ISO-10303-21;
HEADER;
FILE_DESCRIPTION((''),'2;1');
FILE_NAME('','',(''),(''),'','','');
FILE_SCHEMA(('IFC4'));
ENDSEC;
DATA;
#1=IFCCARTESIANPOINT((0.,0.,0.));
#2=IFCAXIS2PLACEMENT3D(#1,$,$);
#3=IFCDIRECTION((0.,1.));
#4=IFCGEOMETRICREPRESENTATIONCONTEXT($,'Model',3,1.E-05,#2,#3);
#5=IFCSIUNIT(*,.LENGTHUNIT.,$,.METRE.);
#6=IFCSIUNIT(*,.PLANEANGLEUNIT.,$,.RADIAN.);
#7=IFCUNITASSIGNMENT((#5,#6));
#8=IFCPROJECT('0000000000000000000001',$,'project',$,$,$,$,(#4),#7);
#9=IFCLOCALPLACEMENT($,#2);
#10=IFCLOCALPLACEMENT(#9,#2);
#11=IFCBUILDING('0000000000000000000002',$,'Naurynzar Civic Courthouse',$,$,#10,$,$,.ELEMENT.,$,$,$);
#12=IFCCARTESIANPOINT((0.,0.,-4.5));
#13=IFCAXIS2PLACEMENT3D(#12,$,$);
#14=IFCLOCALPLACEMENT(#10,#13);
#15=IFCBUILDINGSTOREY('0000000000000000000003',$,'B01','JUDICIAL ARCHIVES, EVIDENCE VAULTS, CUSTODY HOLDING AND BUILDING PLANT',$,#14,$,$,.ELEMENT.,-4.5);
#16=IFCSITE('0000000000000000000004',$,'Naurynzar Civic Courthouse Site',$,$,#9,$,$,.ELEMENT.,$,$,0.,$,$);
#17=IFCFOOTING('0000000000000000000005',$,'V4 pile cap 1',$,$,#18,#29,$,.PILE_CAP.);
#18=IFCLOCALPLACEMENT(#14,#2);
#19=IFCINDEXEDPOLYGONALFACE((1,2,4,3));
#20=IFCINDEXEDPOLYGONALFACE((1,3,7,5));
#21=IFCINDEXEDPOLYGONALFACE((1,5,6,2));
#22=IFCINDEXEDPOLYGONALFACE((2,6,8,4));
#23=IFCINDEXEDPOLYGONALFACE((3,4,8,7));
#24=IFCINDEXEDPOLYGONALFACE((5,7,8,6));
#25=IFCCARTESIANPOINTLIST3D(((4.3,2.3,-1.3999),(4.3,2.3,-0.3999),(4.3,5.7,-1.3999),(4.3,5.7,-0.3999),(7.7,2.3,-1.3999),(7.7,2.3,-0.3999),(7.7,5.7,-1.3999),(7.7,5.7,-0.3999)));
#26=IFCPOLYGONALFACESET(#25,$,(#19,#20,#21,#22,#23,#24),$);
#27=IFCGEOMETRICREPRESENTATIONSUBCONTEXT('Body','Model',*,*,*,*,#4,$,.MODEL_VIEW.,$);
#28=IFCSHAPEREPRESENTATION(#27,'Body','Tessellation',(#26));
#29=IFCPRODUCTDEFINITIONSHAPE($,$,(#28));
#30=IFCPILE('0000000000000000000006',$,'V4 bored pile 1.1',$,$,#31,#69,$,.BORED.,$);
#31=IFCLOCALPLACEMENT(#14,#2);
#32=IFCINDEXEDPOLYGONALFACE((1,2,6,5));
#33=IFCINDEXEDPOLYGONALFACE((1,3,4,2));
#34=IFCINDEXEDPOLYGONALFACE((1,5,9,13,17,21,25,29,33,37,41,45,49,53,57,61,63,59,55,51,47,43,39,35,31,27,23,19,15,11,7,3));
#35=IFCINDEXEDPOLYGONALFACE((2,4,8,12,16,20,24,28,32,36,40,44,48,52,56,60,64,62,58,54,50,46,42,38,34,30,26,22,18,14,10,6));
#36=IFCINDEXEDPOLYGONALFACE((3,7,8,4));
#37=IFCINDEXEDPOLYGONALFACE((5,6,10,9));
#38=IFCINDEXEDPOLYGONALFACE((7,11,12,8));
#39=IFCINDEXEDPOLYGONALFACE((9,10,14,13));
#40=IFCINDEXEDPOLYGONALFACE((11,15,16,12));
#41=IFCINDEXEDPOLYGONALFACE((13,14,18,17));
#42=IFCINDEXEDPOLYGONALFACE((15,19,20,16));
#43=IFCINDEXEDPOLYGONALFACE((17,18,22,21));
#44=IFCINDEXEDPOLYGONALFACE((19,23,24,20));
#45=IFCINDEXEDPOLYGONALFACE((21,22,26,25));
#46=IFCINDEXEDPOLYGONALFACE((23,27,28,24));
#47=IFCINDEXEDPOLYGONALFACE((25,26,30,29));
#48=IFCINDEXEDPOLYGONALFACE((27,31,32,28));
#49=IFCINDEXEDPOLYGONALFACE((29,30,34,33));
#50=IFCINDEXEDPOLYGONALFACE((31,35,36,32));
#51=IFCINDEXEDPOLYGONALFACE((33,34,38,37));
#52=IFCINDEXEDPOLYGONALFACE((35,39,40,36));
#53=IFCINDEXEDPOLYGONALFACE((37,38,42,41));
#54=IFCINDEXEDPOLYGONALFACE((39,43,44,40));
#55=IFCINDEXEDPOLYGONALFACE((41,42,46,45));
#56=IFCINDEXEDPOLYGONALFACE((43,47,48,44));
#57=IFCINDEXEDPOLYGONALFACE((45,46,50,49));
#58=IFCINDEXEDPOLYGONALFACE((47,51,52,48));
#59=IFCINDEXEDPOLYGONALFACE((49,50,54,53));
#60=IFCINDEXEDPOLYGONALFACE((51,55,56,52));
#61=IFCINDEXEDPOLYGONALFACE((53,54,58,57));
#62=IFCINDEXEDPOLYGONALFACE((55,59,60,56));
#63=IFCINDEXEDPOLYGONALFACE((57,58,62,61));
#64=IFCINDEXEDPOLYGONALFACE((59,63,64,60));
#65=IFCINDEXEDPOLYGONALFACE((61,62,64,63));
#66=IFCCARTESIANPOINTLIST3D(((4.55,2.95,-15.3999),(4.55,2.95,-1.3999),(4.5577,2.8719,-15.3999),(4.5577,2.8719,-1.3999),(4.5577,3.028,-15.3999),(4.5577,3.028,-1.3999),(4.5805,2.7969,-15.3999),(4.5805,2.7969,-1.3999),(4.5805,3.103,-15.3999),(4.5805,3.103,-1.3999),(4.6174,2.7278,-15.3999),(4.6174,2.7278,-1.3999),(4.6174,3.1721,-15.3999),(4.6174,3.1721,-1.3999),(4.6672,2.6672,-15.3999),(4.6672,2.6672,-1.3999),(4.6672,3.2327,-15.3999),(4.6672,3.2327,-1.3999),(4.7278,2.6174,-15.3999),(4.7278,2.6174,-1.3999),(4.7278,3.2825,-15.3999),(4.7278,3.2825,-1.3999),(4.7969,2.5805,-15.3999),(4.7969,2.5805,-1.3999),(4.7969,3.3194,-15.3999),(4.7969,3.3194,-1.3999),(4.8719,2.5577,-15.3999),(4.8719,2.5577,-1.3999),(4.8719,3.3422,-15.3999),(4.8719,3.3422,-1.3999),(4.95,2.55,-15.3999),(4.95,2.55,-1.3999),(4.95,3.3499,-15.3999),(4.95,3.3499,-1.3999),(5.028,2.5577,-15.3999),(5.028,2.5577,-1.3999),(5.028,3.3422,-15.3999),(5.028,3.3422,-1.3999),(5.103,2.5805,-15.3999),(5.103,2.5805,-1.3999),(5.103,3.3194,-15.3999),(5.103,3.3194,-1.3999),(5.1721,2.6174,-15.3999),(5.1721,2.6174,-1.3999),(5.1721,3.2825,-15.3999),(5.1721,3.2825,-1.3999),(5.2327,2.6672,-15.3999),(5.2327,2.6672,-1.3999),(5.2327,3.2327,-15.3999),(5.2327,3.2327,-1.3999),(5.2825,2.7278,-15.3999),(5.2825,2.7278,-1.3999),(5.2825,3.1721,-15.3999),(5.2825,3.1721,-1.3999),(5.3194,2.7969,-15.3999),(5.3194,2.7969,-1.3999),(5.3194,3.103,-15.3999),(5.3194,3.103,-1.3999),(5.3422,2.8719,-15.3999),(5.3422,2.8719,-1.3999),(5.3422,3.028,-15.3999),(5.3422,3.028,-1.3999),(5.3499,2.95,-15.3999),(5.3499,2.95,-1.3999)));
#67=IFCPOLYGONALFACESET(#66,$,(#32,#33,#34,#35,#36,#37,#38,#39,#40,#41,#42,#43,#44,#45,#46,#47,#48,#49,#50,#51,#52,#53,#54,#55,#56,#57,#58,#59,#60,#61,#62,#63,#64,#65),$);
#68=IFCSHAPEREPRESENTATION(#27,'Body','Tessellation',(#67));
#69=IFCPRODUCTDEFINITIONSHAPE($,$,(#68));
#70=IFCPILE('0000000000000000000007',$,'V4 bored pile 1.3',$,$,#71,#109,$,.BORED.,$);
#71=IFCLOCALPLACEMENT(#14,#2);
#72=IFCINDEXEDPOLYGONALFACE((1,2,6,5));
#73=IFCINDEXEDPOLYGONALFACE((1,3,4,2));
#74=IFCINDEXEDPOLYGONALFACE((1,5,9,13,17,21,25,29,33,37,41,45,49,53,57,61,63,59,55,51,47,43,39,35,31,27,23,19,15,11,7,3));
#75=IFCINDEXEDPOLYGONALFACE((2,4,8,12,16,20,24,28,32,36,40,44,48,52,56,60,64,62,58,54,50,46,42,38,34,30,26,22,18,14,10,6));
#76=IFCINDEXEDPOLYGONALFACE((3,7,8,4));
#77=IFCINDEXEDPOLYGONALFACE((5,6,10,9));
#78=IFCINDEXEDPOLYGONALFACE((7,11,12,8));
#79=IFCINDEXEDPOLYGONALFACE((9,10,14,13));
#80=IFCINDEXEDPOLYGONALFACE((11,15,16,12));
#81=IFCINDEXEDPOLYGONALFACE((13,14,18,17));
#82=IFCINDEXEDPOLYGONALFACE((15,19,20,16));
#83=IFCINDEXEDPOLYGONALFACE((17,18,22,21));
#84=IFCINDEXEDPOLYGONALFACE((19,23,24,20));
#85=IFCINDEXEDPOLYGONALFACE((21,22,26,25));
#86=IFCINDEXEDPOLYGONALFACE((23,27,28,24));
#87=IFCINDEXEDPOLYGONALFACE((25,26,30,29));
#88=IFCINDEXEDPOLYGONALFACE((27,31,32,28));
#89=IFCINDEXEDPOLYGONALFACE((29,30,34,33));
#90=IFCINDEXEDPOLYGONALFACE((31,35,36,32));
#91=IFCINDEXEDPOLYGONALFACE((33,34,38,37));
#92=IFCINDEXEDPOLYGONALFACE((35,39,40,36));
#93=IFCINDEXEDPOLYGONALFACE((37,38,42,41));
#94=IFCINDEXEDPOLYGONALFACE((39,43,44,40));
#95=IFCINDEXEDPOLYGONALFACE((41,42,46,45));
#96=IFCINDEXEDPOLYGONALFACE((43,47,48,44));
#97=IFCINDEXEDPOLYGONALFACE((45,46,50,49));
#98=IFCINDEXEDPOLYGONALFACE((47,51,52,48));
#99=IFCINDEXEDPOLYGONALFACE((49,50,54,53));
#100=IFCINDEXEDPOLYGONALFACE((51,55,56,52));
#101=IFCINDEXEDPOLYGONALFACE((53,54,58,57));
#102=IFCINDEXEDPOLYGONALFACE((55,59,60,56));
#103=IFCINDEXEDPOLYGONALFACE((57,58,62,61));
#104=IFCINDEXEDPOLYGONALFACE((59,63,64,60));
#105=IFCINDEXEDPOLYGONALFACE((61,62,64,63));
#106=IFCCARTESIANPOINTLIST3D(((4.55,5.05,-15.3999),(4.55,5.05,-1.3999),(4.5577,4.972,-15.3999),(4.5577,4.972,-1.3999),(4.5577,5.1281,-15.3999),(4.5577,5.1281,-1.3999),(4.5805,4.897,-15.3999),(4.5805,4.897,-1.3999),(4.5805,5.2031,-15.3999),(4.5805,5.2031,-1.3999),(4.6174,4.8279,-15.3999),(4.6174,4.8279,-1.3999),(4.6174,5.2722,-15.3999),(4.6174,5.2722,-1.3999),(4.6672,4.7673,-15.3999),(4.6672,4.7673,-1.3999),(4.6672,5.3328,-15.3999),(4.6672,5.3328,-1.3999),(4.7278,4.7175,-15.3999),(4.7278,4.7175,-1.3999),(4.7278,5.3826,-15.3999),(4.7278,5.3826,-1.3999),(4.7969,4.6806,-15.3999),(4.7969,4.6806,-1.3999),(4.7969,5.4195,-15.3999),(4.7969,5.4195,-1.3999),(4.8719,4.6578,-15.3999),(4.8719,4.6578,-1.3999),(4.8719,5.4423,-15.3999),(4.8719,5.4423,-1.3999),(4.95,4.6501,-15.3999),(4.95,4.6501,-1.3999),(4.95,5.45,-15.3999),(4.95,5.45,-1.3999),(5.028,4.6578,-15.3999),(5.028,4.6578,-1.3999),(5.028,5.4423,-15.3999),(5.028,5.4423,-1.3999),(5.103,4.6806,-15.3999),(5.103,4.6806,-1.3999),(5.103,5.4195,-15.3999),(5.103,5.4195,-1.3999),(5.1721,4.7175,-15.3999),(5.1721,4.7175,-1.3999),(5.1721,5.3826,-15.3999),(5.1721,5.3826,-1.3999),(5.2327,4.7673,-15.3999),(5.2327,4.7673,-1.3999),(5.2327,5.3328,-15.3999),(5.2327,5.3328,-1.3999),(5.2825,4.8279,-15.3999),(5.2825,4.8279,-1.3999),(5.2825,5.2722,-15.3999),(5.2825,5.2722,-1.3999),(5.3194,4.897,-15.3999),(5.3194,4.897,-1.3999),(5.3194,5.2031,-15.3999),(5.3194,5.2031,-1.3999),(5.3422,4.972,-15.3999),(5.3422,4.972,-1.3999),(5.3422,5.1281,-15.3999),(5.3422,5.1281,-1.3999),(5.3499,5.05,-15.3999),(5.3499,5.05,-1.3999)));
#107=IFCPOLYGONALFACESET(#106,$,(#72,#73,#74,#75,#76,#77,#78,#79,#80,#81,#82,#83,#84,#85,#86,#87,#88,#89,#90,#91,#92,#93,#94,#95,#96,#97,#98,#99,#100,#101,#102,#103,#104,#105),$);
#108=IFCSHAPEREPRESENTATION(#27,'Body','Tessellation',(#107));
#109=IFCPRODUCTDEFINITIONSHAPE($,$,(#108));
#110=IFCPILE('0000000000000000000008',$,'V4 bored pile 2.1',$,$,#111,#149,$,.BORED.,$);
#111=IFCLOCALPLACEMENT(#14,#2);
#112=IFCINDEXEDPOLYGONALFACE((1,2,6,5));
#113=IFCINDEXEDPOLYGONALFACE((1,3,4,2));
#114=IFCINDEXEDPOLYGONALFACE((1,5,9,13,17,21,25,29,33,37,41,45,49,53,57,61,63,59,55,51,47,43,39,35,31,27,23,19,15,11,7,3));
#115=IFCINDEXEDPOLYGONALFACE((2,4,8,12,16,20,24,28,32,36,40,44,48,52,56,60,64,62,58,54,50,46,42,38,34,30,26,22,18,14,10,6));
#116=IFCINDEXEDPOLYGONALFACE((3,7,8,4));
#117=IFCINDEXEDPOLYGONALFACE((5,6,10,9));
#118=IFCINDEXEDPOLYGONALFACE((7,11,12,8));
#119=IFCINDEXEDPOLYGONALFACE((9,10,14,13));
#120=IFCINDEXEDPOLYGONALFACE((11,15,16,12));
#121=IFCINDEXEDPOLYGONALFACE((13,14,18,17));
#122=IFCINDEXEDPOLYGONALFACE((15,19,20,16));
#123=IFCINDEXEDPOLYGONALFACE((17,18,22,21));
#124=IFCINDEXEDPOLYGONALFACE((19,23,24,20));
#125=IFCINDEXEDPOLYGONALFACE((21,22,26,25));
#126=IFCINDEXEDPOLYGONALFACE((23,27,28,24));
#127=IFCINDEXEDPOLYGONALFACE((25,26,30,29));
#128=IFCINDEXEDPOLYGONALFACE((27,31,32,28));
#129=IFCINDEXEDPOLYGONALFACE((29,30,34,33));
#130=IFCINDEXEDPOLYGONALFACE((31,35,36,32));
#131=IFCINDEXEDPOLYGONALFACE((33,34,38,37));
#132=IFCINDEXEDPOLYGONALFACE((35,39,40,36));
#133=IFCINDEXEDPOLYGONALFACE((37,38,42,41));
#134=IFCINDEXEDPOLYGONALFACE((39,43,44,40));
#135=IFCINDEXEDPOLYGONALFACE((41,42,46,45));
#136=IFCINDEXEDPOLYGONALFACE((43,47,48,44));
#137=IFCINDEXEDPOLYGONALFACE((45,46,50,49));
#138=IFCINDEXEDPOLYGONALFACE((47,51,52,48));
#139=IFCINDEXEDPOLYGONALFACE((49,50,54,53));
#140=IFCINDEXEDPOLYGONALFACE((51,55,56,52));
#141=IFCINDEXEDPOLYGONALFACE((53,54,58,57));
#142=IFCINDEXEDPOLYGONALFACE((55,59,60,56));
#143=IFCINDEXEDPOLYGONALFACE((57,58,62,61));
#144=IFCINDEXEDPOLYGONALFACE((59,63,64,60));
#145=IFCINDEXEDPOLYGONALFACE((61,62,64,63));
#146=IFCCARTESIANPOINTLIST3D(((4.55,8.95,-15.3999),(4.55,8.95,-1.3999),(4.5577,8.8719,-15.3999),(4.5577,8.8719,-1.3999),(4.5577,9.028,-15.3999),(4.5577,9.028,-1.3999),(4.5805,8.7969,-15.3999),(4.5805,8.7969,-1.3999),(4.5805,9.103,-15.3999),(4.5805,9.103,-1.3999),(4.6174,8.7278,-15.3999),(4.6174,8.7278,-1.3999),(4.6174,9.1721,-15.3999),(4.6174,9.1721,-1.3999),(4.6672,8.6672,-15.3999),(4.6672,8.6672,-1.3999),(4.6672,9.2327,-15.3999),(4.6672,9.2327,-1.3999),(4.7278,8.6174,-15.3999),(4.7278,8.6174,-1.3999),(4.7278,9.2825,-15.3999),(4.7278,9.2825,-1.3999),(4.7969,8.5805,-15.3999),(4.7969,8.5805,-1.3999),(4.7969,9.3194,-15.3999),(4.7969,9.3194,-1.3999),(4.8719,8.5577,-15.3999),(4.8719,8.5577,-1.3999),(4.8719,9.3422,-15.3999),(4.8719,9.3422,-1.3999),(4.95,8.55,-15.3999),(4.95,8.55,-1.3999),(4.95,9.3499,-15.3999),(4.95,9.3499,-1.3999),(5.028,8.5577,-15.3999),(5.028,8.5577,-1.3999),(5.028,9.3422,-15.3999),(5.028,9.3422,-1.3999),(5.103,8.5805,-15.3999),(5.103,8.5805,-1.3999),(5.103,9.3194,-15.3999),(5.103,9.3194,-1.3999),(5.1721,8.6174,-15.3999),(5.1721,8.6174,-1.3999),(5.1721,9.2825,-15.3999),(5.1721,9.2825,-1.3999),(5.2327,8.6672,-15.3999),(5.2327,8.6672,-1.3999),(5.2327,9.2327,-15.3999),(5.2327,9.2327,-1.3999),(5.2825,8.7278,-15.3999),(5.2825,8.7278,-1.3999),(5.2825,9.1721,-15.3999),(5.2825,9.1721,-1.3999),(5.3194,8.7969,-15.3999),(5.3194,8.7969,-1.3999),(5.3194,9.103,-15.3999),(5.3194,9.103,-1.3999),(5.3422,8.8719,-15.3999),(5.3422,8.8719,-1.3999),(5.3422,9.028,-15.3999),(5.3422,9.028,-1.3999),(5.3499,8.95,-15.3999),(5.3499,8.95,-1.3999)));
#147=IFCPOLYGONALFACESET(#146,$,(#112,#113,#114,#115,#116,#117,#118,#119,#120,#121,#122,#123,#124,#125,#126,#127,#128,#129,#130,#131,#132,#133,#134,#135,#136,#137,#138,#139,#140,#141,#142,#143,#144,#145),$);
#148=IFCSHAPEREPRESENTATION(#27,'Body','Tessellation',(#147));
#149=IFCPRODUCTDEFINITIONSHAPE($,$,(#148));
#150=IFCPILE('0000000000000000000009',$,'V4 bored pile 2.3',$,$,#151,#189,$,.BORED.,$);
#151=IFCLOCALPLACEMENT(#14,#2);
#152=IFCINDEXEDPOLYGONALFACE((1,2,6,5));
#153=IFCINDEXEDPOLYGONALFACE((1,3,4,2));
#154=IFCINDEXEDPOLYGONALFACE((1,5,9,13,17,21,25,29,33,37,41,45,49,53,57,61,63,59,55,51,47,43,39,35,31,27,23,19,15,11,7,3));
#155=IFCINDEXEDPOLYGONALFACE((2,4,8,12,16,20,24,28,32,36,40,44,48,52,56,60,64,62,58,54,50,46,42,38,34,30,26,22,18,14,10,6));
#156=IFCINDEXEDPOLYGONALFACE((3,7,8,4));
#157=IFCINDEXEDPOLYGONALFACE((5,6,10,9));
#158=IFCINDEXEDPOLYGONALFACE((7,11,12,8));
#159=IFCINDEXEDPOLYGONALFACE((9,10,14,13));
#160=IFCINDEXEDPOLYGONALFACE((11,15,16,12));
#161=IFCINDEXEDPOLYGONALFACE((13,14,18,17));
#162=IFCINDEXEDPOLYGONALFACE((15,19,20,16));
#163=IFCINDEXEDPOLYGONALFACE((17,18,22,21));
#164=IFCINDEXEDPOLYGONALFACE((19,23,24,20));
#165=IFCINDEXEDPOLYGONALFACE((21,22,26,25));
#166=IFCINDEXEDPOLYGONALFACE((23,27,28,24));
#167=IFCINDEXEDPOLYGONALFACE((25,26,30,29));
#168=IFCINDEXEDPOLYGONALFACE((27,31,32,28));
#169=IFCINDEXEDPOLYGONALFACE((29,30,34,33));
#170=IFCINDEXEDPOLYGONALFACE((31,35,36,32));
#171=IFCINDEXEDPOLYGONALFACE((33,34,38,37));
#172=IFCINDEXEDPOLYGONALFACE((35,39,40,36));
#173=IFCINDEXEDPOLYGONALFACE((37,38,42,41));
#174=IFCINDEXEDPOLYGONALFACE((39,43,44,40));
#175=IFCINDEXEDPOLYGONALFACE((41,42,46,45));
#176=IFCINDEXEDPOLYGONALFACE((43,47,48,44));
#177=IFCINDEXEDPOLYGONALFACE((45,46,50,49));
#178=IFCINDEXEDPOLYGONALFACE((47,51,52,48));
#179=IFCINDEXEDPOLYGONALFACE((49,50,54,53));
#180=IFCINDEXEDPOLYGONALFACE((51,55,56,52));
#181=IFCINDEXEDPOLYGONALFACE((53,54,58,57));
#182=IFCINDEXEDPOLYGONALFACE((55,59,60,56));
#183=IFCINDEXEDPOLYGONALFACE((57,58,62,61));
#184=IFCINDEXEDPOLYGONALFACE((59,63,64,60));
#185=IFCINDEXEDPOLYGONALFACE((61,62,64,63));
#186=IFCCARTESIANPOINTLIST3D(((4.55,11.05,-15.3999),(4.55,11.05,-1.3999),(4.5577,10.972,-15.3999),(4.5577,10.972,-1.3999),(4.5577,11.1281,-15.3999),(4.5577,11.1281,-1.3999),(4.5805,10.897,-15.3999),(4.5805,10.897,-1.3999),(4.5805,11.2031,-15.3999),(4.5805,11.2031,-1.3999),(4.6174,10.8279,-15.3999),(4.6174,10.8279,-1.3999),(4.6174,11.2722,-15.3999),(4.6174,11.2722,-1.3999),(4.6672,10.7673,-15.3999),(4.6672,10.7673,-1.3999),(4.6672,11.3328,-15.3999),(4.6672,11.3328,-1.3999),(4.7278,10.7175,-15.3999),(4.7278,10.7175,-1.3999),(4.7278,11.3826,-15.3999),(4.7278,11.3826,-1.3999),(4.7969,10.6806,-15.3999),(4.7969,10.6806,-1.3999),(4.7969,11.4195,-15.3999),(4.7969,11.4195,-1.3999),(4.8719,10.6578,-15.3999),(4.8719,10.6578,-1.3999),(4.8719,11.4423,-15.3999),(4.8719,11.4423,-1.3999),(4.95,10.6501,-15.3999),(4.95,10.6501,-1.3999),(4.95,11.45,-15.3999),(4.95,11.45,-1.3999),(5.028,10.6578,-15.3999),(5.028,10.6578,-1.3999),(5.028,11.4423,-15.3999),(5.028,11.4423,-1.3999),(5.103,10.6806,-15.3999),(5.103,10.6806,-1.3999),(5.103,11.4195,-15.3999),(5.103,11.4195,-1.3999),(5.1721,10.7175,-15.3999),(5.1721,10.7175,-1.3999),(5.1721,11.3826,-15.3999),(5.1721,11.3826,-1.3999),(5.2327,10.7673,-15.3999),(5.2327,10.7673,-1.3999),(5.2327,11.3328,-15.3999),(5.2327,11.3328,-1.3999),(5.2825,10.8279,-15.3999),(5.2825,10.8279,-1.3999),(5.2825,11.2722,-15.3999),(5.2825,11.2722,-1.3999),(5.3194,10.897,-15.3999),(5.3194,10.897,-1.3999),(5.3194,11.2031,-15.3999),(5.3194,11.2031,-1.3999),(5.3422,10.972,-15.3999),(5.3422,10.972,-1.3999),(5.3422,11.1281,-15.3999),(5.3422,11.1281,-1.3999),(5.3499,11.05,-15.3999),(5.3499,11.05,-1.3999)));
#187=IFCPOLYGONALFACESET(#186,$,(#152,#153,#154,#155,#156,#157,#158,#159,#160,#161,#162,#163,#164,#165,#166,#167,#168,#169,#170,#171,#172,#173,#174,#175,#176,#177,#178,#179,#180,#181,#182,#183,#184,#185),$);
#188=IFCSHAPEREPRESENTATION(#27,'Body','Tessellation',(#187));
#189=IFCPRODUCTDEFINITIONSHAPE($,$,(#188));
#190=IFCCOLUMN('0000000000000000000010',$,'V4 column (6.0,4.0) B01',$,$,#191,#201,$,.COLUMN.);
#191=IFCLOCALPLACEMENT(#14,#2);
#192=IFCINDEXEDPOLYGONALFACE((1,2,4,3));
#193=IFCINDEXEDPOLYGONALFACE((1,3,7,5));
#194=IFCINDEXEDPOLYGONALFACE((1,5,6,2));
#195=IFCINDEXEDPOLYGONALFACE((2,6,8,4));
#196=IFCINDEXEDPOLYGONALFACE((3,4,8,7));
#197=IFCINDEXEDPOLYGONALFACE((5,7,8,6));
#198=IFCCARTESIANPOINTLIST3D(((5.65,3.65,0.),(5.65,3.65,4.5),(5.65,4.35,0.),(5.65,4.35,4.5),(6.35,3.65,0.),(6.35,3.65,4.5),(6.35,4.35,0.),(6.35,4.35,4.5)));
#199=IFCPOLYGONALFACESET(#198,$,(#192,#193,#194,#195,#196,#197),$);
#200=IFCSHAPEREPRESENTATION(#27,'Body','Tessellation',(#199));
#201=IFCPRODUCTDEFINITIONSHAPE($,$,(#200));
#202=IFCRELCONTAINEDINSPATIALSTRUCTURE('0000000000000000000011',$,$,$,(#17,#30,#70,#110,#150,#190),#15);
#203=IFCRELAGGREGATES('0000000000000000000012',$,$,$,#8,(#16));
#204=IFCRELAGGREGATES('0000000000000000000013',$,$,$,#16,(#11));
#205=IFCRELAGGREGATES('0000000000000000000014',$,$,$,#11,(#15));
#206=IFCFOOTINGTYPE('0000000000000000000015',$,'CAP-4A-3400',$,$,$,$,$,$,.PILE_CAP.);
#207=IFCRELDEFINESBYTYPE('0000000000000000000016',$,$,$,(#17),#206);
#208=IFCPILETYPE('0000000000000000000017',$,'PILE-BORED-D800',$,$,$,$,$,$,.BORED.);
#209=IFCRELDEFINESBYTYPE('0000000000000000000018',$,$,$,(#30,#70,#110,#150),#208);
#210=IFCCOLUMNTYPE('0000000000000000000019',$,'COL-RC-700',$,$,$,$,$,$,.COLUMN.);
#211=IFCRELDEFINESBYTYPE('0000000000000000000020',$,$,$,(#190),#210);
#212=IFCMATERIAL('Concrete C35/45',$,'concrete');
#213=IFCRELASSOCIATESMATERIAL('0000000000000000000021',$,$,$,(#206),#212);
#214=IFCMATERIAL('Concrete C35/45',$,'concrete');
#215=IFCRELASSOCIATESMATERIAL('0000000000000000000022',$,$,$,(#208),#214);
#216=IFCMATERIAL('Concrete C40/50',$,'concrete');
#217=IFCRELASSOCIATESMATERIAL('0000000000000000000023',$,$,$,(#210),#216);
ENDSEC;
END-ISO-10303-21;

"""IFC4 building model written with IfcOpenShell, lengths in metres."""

from ifc_helpers import new_model, si_unit, direction, frame, origin, origin_2d, place, context, subcontext, project, spatial, rectangle, circle, extrude, material, material_profile, profile_set, type_object, element, save


model = new_model("IFC4")

# Units and contexts
model_context = context("Model", 3, precision=1e-05, world=origin(), true_north=direction((0.0, 1.0)))
body_context = subcontext(model_context, "Body", "Model", "MODEL_VIEW")
ifc_project = project(units=[si_unit("LENGTHUNIT", "METRE"), si_unit("PLANEANGLEUNIT", "RADIAN")], contexts=[model_context])

# Site, building, storey
site_placement = place(None, origin())
site = spatial("IfcSite", under=ifc_project, at=site_placement, Name="Naurynzar Civic Courthouse Site", CompositionType="ELEMENT", RefElevation=0.0)
building_placement = place(site_placement, origin())
building = spatial("IfcBuilding", under=site, at=building_placement, Name="Naurynzar Civic Courthouse", CompositionType="ELEMENT")
storey_placement = place(building_placement, frame((0.0, 0.0, -4.5)))
storey = spatial("IfcBuildingStorey", under=building, at=storey_placement, Name="B01", Description="JUDICIAL ARCHIVES, EVIDENCE VAULTS, CUSTODY HOLDING AND BUILDING PLANT", CompositionType="ELEMENT", Elevation=-4.5)

# Footing
ifc_material_1 = material(Name="Concrete C35/45", Category="concrete")
footing_type = type_object("IfcFootingType", Name="CAP-4A-3400", PredefinedType="PILE_CAP", material=ifc_material_1)
footing_placement = place(storey_placement, frame((6.0, 4.0, -1.3999), z_axis=(0.0, 0.0, 1.0), x_axis=(1.0, 0.0, 0.0)))
element("IfcFooting", 1, at=footing_placement, inside=storey, type_object=footing_type, Name="V4 pile cap 1", PredefinedType="PILE_CAP", context=body_context, shape_type="SweptSolid", body=[
    extrude(rectangle(XDim=3.3999, YDim=3.3999, at=origin_2d()), origin(), (0.0, 0.0, 1.0), 1.0),
])

# Piles
ifc_material_2 = material(Name="Concrete C35/45", Category="concrete")
ifc_material_profile_1 = material_profile(ifc_material_2, circle(Radius=0.3999, at=origin_2d()), Name="PILE D800")
ifc_profile_set_1 = profile_set([ifc_material_profile_1], Name="Concrete C35/45")
pile_type = type_object("IfcPileType", Name="PILE-BORED-D800", PredefinedType="BORED", material=ifc_profile_set_1)
for number, where, z_axis, x_axis, name in (
    (2, (4.95, 2.95, -1.3999), (0.0, 0.0, -1.0), (1.0, 0.0, 0.0), "V4 bored pile 1.1"),
    (3, (4.95, 5.05, -1.3999), (0.0, 0.0, -1.0), (1.0, 0.0, 0.0), "V4 bored pile 1.3"),
    (4, (4.95, 8.95, -1.3999), (0.0, 0.0, -1.0), (1.0, 0.0, 0.0), "V4 bored pile 2.1"),
    (5, (4.95, 11.05, -1.3999), (0.0, 0.0, -1.0), (1.0, 0.0, 0.0), "V4 bored pile 2.3"),
):
    element("IfcPile", number, at=place(storey_placement, frame(where, z_axis=z_axis, x_axis=x_axis)), inside=storey, type_object=pile_type, Name=name, PredefinedType="BORED", context=body_context, shape_type="SweptSolid", body=[
        extrude(circle(Radius=0.3999, at=origin_2d()), origin(), (0.0, 0.0, 1.0), 14.0),
    ])

# Column
ifc_material_3 = material(Name="Concrete C40/50", Category="concrete")
ifc_material_profile_2 = material_profile(ifc_material_3, rectangle(XDim=0.7, YDim=0.7, at=origin_2d()), Name="RC 700x700")
ifc_profile_set_2 = profile_set([ifc_material_profile_2], Name="Concrete C40/50")
column_type = type_object("IfcColumnType", Name="COL-RC-700", PredefinedType="COLUMN", material=ifc_profile_set_2)
column_placement = place(storey_placement, frame((6.0, 4.0, 0.0), z_axis=(0.0, 0.0, 1.0), x_axis=(1.0, 0.0, 0.0)))
element("IfcColumn", 6, at=column_placement, inside=storey, type_object=column_type, Name="V4 column (6.0,4.0) B01", PredefinedType="COLUMN", context=body_context, shape_type="SweptSolid", body=[
    extrude(rectangle(XDim=0.7, YDim=0.7, at=origin_2d()), origin(), (0.0, 0.0, 1.0), 4.5),
])

save(model, "model.ifc")
